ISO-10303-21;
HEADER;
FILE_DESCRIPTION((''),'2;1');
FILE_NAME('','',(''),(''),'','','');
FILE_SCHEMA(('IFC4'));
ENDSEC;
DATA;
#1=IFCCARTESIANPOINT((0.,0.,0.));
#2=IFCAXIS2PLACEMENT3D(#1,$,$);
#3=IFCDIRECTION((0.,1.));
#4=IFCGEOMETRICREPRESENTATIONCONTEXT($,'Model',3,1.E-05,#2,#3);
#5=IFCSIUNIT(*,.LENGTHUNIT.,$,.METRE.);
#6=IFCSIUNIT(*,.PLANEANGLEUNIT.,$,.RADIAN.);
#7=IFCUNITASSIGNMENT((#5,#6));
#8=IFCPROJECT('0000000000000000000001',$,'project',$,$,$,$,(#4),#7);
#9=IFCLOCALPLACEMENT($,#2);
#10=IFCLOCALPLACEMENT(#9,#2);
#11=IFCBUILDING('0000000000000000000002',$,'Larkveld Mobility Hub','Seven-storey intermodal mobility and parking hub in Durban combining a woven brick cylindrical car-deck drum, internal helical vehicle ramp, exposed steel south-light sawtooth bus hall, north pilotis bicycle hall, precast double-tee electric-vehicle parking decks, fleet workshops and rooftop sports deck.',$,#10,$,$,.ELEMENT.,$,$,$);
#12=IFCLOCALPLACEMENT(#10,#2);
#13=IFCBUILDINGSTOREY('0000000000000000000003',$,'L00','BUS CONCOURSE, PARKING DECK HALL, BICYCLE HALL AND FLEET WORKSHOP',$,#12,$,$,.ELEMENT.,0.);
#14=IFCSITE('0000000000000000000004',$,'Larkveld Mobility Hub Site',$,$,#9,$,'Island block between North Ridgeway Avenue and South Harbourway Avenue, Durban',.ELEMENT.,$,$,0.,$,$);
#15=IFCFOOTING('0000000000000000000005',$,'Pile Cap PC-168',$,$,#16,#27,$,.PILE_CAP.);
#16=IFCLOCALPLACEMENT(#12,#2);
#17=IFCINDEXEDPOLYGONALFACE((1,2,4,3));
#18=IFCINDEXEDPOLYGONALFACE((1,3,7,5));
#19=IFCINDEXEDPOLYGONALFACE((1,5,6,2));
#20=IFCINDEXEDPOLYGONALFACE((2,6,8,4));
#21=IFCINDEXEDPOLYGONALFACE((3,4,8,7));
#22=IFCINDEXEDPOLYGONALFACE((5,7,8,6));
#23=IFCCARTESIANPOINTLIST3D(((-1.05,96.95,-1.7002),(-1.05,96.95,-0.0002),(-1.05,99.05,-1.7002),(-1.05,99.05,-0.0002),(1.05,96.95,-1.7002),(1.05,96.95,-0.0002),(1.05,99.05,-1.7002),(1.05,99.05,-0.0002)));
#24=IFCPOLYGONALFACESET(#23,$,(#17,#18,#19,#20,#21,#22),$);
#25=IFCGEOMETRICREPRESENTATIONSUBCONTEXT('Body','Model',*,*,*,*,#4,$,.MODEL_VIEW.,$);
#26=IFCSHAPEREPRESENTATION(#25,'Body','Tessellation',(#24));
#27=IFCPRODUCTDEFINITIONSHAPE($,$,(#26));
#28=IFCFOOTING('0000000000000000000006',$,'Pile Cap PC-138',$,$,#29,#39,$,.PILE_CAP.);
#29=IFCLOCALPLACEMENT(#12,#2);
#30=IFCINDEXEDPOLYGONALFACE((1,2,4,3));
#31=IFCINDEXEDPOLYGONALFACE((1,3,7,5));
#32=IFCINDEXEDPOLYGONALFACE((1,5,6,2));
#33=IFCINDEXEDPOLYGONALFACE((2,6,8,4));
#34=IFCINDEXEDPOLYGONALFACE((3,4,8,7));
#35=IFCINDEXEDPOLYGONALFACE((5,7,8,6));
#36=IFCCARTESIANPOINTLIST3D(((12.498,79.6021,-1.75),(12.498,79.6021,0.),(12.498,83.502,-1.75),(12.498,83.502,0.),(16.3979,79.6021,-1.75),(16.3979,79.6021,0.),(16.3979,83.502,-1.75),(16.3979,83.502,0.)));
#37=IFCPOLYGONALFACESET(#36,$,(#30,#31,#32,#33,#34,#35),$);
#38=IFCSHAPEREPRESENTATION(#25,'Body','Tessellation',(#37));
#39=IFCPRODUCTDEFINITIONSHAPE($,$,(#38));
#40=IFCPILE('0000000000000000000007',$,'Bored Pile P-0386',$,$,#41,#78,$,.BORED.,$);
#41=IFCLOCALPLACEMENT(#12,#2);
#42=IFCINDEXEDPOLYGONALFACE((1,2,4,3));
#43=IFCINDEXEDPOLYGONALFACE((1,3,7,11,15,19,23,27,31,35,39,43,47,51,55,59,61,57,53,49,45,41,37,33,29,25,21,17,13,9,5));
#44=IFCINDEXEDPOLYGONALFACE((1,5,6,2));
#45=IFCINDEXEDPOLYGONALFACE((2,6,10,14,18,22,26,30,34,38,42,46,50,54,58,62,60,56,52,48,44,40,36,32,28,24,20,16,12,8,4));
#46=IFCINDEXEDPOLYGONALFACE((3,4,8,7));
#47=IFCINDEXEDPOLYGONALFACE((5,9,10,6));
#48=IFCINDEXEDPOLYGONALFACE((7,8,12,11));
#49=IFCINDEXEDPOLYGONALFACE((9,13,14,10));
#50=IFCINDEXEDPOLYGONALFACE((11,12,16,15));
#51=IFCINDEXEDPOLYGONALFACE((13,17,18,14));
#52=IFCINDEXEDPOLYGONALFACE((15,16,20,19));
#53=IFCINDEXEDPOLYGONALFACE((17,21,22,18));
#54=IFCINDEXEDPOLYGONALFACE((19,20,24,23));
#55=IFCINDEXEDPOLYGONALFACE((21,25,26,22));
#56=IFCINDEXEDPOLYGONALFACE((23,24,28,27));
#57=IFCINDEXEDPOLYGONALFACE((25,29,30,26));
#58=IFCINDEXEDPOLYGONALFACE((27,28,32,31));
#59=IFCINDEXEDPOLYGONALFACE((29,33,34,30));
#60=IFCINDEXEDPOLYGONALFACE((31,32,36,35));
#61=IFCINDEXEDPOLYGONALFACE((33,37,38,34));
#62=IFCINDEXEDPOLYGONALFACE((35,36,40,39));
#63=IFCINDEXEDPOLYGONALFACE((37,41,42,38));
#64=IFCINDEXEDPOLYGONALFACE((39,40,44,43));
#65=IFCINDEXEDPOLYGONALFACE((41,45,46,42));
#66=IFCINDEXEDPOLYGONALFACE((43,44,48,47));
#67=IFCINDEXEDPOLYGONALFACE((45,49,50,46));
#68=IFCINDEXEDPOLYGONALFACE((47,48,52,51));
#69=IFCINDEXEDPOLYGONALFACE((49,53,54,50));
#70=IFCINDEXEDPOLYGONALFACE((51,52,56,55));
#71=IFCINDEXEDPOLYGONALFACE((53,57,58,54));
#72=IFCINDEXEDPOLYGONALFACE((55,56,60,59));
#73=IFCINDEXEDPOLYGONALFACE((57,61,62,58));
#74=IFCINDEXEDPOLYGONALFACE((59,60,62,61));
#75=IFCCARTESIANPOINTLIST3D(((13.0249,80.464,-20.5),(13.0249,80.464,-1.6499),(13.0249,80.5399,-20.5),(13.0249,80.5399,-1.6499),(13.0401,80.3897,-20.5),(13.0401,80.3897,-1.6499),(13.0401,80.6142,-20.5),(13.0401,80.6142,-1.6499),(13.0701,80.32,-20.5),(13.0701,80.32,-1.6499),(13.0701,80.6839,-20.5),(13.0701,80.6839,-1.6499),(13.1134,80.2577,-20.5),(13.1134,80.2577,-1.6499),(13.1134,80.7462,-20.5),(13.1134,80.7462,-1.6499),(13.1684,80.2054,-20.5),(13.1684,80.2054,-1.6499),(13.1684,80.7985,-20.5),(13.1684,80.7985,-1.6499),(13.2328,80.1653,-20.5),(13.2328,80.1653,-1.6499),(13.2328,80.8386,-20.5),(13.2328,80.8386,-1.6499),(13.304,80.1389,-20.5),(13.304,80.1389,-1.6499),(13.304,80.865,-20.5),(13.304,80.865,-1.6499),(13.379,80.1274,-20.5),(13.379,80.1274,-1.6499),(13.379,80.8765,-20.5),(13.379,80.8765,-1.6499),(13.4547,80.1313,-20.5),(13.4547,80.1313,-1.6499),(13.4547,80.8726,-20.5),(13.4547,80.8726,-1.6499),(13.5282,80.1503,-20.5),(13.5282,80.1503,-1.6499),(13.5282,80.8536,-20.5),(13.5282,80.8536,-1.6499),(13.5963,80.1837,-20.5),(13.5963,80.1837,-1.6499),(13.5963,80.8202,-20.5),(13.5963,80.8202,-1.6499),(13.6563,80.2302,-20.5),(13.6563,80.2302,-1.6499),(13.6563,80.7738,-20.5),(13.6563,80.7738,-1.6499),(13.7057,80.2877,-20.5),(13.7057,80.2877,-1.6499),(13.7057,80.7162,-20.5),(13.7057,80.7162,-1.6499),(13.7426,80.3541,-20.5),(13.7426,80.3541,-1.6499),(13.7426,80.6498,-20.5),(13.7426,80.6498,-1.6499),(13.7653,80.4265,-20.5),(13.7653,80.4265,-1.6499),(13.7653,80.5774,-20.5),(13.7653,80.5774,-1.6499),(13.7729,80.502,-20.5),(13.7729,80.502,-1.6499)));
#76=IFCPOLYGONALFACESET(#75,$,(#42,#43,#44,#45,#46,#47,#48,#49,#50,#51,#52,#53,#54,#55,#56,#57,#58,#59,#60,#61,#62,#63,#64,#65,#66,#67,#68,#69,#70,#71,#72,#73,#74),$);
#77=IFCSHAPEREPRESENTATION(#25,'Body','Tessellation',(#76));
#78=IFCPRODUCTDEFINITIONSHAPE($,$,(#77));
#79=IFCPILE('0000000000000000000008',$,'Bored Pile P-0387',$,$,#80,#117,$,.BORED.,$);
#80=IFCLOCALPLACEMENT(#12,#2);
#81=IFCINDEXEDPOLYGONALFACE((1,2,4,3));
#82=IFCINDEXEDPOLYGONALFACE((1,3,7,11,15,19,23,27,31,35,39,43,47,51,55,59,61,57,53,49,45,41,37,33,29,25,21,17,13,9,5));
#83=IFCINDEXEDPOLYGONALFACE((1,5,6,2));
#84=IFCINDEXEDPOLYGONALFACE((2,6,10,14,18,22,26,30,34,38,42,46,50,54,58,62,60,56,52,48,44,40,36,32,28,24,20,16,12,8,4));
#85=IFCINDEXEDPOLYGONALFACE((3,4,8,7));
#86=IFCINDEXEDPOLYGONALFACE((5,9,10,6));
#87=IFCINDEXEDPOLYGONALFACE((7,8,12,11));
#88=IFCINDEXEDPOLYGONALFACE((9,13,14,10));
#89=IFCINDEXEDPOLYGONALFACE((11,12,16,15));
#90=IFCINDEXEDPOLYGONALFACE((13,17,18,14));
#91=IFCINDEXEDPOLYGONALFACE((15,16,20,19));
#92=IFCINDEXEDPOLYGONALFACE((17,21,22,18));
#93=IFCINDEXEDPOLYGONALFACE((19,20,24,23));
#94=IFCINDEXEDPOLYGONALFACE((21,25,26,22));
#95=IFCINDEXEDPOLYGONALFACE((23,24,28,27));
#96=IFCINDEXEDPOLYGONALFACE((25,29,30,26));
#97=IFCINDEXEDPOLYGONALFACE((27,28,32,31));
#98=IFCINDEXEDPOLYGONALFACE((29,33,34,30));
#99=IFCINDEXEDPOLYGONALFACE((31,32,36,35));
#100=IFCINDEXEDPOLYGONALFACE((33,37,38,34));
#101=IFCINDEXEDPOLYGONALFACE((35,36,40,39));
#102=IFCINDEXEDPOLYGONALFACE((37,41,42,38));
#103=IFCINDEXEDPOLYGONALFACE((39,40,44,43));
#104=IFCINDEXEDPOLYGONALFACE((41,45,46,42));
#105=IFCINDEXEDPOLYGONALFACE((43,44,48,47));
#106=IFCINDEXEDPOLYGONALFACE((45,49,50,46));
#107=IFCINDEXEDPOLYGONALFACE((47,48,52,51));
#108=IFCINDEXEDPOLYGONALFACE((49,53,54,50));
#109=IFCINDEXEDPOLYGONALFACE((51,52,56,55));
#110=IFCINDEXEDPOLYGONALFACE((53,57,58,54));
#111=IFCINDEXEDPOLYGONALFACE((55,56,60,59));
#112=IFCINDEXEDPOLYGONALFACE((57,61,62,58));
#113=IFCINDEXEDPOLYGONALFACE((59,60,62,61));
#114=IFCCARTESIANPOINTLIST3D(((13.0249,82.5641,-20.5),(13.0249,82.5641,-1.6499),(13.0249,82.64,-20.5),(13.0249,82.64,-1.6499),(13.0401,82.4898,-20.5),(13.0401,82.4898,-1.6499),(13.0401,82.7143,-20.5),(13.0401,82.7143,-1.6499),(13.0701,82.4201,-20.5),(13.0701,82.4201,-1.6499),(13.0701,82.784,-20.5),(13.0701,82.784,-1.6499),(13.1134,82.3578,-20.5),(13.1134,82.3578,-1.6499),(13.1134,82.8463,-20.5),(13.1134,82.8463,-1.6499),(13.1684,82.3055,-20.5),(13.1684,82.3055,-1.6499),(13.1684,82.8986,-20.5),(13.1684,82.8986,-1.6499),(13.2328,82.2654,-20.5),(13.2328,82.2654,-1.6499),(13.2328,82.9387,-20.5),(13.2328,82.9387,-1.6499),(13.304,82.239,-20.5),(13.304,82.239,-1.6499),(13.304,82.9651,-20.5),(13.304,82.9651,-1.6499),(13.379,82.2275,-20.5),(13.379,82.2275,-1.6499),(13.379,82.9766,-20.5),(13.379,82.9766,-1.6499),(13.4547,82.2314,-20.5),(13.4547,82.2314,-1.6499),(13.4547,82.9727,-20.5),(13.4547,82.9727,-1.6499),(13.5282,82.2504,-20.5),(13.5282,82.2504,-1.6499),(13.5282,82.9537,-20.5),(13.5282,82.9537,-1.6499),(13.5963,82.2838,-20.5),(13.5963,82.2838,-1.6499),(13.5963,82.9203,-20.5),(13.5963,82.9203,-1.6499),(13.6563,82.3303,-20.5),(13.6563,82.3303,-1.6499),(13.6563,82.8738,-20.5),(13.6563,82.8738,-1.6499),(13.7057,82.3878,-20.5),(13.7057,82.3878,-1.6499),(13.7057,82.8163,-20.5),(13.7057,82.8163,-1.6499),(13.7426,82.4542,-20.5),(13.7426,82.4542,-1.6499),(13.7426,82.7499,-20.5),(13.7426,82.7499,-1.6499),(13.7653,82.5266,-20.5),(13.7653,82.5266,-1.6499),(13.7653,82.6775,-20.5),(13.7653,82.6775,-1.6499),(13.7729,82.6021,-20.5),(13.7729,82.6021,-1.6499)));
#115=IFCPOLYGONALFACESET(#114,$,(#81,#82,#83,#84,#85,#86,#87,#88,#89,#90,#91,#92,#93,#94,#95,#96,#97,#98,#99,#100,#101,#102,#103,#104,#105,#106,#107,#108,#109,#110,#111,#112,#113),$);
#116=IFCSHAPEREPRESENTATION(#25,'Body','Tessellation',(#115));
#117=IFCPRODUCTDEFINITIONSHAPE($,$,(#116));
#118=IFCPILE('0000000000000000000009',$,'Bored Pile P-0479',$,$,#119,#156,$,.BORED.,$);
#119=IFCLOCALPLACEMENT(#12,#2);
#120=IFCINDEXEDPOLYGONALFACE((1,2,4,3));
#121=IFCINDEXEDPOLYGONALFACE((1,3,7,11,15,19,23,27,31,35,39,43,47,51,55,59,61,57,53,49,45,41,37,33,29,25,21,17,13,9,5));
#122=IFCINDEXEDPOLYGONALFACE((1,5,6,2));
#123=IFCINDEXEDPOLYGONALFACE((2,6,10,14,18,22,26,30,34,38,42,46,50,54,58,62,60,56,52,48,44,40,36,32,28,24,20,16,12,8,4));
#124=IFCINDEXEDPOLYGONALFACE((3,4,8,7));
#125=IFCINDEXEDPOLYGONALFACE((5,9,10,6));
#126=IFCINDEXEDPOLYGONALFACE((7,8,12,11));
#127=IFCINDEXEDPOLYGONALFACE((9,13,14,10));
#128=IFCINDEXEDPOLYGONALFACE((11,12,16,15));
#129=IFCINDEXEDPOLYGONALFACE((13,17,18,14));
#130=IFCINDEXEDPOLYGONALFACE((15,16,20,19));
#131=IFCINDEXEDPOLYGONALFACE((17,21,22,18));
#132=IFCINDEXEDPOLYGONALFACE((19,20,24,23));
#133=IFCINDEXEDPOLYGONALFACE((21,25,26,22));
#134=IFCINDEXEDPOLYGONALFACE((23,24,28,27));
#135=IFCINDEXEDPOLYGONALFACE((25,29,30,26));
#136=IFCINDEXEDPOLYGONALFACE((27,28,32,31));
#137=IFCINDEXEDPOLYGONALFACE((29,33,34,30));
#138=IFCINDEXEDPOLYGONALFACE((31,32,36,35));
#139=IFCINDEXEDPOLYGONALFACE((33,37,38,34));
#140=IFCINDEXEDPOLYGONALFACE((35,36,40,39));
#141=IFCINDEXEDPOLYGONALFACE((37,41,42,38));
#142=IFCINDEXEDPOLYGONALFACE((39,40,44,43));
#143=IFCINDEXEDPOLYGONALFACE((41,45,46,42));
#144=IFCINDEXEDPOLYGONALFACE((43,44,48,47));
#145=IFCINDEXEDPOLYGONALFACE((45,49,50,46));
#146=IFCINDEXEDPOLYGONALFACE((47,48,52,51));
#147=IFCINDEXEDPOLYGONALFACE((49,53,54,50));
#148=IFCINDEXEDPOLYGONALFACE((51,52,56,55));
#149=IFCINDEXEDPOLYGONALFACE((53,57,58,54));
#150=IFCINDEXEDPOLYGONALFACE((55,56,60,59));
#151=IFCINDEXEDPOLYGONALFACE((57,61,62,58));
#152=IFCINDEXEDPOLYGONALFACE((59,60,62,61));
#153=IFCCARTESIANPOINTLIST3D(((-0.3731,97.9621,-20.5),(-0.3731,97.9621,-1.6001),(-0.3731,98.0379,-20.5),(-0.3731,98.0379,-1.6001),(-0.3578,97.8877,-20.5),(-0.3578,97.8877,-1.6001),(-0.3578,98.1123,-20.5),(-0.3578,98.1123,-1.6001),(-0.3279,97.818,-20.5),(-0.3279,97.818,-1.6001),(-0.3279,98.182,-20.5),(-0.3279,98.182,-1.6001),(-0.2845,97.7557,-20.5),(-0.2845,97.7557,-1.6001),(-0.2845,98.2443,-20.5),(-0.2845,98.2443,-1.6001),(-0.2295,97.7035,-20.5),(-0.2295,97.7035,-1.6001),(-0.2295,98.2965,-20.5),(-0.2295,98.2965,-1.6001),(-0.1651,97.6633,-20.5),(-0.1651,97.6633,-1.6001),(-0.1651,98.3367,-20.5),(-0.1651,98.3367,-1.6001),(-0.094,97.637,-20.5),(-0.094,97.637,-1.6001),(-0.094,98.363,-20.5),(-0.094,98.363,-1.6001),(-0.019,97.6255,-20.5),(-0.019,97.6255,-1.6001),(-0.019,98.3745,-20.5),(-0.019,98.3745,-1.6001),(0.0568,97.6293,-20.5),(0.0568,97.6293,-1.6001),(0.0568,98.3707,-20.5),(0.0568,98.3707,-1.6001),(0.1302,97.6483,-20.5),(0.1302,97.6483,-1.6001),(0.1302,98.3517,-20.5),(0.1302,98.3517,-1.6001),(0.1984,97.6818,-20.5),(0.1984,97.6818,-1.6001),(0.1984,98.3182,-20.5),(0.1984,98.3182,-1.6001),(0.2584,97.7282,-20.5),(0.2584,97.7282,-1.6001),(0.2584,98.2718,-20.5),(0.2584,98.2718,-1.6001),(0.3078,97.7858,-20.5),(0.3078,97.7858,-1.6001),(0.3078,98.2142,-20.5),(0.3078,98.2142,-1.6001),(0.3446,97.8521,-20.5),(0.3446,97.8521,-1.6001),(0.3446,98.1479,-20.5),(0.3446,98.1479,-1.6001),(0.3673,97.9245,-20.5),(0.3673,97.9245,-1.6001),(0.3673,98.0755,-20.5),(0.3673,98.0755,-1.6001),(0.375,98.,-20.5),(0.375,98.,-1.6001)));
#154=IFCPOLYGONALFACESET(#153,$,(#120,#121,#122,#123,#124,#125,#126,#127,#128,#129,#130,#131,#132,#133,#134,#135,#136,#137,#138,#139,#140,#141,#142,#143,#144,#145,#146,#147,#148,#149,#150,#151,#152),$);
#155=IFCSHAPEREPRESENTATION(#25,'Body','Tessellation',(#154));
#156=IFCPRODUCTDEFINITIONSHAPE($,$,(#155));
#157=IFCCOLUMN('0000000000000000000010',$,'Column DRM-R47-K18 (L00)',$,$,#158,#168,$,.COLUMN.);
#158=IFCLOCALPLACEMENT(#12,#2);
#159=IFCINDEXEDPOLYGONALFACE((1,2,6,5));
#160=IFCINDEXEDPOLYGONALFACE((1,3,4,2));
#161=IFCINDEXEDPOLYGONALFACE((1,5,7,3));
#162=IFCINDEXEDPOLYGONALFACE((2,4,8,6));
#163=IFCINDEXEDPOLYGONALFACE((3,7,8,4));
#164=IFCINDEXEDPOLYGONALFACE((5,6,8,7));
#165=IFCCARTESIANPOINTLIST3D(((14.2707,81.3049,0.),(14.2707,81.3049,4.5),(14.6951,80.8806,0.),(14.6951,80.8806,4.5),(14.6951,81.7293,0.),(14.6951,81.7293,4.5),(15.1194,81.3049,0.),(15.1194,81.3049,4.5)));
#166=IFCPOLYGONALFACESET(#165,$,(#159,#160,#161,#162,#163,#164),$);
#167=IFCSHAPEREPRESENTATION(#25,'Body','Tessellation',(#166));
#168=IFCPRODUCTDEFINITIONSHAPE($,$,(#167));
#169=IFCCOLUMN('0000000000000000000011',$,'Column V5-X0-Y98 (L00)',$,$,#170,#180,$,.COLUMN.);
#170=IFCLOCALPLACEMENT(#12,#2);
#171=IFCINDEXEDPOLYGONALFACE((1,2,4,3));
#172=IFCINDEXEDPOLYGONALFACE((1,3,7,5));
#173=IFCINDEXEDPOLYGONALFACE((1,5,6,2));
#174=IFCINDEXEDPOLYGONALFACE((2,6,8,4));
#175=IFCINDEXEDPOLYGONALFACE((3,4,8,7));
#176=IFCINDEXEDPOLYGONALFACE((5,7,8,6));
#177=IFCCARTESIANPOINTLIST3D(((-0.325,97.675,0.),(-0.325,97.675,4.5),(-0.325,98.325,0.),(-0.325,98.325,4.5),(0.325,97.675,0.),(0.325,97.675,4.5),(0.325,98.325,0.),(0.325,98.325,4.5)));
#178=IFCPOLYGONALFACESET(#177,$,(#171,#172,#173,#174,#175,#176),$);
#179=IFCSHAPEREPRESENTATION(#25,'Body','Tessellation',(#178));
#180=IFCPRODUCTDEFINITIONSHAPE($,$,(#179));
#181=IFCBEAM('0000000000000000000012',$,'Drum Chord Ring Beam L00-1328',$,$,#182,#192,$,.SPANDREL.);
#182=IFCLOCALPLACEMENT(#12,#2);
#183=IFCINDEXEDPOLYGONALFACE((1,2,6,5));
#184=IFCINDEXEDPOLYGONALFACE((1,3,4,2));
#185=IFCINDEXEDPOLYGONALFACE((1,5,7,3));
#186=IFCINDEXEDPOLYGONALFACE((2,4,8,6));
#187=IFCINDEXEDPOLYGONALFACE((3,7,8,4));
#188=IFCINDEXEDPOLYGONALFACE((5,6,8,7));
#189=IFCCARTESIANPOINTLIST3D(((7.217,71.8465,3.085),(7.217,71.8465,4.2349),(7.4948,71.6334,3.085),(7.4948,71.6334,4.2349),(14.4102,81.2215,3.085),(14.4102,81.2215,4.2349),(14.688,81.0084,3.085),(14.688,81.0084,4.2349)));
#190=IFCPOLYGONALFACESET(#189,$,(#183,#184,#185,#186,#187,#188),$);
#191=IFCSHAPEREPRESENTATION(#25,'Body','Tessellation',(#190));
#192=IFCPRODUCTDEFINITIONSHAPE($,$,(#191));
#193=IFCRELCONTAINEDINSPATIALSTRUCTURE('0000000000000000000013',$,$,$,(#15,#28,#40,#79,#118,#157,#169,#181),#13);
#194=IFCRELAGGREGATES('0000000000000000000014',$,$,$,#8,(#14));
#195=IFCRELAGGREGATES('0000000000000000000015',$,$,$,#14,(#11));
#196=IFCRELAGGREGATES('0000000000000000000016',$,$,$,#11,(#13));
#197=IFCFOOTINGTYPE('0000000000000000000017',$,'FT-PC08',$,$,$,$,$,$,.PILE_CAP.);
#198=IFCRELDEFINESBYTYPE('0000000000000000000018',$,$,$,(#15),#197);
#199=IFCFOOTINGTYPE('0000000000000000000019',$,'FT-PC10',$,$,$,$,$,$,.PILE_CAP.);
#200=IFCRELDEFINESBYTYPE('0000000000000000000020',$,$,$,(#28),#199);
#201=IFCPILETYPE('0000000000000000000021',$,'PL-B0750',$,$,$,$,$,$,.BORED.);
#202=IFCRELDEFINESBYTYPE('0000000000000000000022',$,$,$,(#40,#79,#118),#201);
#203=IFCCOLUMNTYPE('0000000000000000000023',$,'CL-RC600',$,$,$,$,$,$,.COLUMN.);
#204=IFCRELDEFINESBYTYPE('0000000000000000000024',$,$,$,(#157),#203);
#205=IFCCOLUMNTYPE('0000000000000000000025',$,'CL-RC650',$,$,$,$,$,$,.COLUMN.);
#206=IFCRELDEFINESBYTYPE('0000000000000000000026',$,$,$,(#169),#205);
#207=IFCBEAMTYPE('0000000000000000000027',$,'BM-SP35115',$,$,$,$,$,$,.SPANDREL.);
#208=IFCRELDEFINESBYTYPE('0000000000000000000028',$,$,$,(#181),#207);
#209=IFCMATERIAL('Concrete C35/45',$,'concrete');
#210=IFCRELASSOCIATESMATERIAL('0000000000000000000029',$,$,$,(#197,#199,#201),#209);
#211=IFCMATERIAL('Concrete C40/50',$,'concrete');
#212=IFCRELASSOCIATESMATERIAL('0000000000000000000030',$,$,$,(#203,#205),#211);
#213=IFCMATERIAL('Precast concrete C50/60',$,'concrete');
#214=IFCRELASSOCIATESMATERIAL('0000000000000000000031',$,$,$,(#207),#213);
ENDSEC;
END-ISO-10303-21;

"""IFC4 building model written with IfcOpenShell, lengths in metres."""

from ifc_helpers import new_model, si_unit, direction, frame, origin, origin_2d, place, context, subcontext, project, spatial, rectangle, circle, extrude, material, material_profile, profile_set, type_object, element, save


model = new_model("IFC4")

# Units and contexts
model_context = context("Model", 3, precision=1e-05, world=origin(), true_north=direction((0.0, 1.0)))
body_context = subcontext(model_context, "Body", "Model", "MODEL_VIEW")
ifc_project = project(units=[si_unit("LENGTHUNIT", "METRE"), si_unit("PLANEANGLEUNIT", "RADIAN")], contexts=[model_context])

# Site, building, storey
site_placement = place(None, origin())
site = spatial("IfcSite", under=ifc_project, at=site_placement, Name="Larkveld Mobility Hub Site", LongName="Island block between North Ridgeway Avenue and South Harbourway Avenue, Durban", CompositionType="ELEMENT", RefElevation=0.0)
building_placement = place(site_placement, origin())
building = spatial("IfcBuilding", under=site, at=building_placement, Name="Larkveld Mobility Hub", Description="Seven-storey intermodal mobility and parking hub in Durban combining a woven brick cylindrical car-deck drum, internal helical vehicle ramp, exposed steel south-light sawtooth bus hall, north pilotis bicycle hall, precast double-tee electric-vehicle parking decks, fleet workshops and rooftop sports deck.", CompositionType="ELEMENT")
storey_placement = place(building_placement, origin())
storey = spatial("IfcBuildingStorey", under=building, at=storey_placement, Name="L00", Description="BUS CONCOURSE, PARKING DECK HALL, BICYCLE HALL AND FLEET WORKSHOP", CompositionType="ELEMENT", Elevation=0.0)

# Footings
ifc_material_1 = material(Name="Concrete C35/45", Category="concrete")
footing_type_1 = type_object("IfcFootingType", Name="FT-PC08", PredefinedType="PILE_CAP", material=ifc_material_1)
footing_1_placement = place(storey_placement, frame((0.0, 98.0, -1.7002), z_axis=(0.0, 0.0, 1.0), x_axis=(1.0, 0.0, 0.0)))
element("IfcFooting", 1, at=footing_1_placement, inside=storey, type_object=footing_type_1, Name="Pile Cap PC-168", PredefinedType="PILE_CAP", context=body_context, shape_type="SweptSolid", body=[
    extrude(rectangle(XDim=2.1001, YDim=2.1001, at=origin_2d()), origin(), (0.0, 0.0, 1.0), 1.7),
])
footing_type_2 = type_object("IfcFootingType", Name="FT-PC10", PredefinedType="PILE_CAP", material=ifc_material_1)
footing_2_placement = place(storey_placement, frame((14.448, 81.552, -1.75), z_axis=(0.0, 0.0, 1.0), x_axis=(1.0, 0.0, 0.0)))
element("IfcFooting", 2, at=footing_2_placement, inside=storey, type_object=footing_type_2, Name="Pile Cap PC-138", PredefinedType="PILE_CAP", context=body_context, shape_type="SweptSolid", body=[
    extrude(rectangle(XDim=3.8999, YDim=3.8999, at=origin_2d()), origin(), (0.0, 0.0, 1.0), 1.75),
])

# Piles
ifc_material_profile_1 = material_profile(ifc_material_1, circle(Radius=0.375, at=origin_2d()), Name="PILE D750")
ifc_profile_set_1 = profile_set([ifc_material_profile_1], Name="Concrete C35/45")
pile_type = type_object("IfcPileType", Name="PL-B0750", PredefinedType="BORED", material=ifc_profile_set_1)
for number, where, z_axis, x_axis, name in (
    (3, (13.3979, 80.502, -1.6499), (0.0, 0.0, -1.0), (1.0, 0.0, 0.0), "Bored Pile P-0386"),
    (4, (13.3979, 82.6021, -1.6499), (0.0, 0.0, -1.0), (1.0, 0.0, 0.0), "Bored Pile P-0387"),
):
    element("IfcPile", number, at=place(storey_placement, frame(where, z_axis=z_axis, x_axis=x_axis)), inside=storey, type_object=pile_type, Name=name, PredefinedType="BORED", context=body_context, shape_type="SweptSolid", body=[
        extrude(circle(Radius=0.375, at=origin_2d()), origin(), (0.0, 0.0, 1.0), 18.8501),
    ])
pile_placement = place(storey_placement, frame((0.0, 98.0, -1.6001), z_axis=(0.0, 0.0, -1.0), x_axis=(1.0, 0.0, 0.0)))
element("IfcPile", 5, at=pile_placement, inside=storey, type_object=pile_type, Name="Bored Pile P-0479", PredefinedType="BORED", context=body_context, shape_type="SweptSolid", body=[
    extrude(circle(Radius=0.375, at=origin_2d()), origin(), (0.0, 0.0, 1.0), 18.8999),
])

# Columns
ifc_material_2 = material(Name="Concrete C40/50", Category="concrete")
ifc_material_profile_2 = material_profile(ifc_material_2, rectangle(XDim=0.6001, YDim=0.6001, at=origin_2d()), Name="RC COL 600x600")
ifc_profile_set_2 = profile_set([ifc_material_profile_2], Name="Concrete C40/50")
column_type_1 = type_object("IfcColumnType", Name="CL-RC600", PredefinedType="COLUMN", material=ifc_profile_set_2)
column_1_placement = place(storey_placement, frame((14.6951, 81.3049, 0.0), z_axis=(0.0, 0.0, 1.0), x_axis=(-0.707107, 0.707107, 0.0)))
element("IfcColumn", 6, at=column_1_placement, inside=storey, type_object=column_type_1, Name="Column DRM-R47-K18 (L00)", PredefinedType="COLUMN", context=body_context, shape_type="SweptSolid", body=[
    extrude(rectangle(XDim=0.6001, YDim=0.6001, at=origin_2d()), origin(), (0.0, 0.0, 1.0), 4.5),
])
ifc_material_profile_3 = material_profile(ifc_material_2, rectangle(XDim=0.6499, YDim=0.6499, at=origin_2d()), Name="RC COL 650x650")
ifc_profile_set_3 = profile_set([ifc_material_profile_3], Name="Concrete C40/50")
column_type_2 = type_object("IfcColumnType", Name="CL-RC650", PredefinedType="COLUMN", material=ifc_profile_set_3)
column_2_placement = place(storey_placement, frame((0.0, 98.0, 0.0), z_axis=(0.0, 0.0, 1.0), x_axis=(1.0, 0.0, 0.0)))
element("IfcColumn", 7, at=column_2_placement, inside=storey, type_object=column_type_2, Name="Column V5-X0-Y98 (L00)", PredefinedType="COLUMN", context=body_context, shape_type="SweptSolid", body=[
    extrude(rectangle(XDim=0.6499, YDim=0.6499, at=origin_2d()), origin(), (0.0, 0.0, 1.0), 4.5),
])

# Beam
ifc_material_3 = material(Name="Precast concrete C50/60", Category="concrete")
ifc_material_profile_4 = material_profile(ifc_material_3, rectangle(XDim=0.3501, YDim=1.1499, at=origin_2d()), Name="PC SP 350x1150")
ifc_profile_set_4 = profile_set([ifc_material_profile_4], Name="Precast concrete C50/60")
beam_type = type_object("IfcBeamType", Name="BM-SP35115", PredefinedType="SPANDREL", material=ifc_profile_set_4)
beam_placement = place(storey_placement, frame((14.5491, 81.115, 3.6599), z_axis=(-0.608731, -0.793377, 0.0), x_axis=(0.793377, -0.608731, 0.0)))
element("IfcBeam", 8, at=beam_placement, inside=storey, type_object=beam_type, Name="Drum Chord Ring Beam L00-1328", PredefinedType="SPANDREL", context=body_context, shape_type="SweptSolid", body=[
    extrude(rectangle(XDim=0.3501, YDim=1.1499, at=origin_2d()), origin(), (0.0, 0.0, 1.0), 11.8167),
])

save(model, "model.ifc")
